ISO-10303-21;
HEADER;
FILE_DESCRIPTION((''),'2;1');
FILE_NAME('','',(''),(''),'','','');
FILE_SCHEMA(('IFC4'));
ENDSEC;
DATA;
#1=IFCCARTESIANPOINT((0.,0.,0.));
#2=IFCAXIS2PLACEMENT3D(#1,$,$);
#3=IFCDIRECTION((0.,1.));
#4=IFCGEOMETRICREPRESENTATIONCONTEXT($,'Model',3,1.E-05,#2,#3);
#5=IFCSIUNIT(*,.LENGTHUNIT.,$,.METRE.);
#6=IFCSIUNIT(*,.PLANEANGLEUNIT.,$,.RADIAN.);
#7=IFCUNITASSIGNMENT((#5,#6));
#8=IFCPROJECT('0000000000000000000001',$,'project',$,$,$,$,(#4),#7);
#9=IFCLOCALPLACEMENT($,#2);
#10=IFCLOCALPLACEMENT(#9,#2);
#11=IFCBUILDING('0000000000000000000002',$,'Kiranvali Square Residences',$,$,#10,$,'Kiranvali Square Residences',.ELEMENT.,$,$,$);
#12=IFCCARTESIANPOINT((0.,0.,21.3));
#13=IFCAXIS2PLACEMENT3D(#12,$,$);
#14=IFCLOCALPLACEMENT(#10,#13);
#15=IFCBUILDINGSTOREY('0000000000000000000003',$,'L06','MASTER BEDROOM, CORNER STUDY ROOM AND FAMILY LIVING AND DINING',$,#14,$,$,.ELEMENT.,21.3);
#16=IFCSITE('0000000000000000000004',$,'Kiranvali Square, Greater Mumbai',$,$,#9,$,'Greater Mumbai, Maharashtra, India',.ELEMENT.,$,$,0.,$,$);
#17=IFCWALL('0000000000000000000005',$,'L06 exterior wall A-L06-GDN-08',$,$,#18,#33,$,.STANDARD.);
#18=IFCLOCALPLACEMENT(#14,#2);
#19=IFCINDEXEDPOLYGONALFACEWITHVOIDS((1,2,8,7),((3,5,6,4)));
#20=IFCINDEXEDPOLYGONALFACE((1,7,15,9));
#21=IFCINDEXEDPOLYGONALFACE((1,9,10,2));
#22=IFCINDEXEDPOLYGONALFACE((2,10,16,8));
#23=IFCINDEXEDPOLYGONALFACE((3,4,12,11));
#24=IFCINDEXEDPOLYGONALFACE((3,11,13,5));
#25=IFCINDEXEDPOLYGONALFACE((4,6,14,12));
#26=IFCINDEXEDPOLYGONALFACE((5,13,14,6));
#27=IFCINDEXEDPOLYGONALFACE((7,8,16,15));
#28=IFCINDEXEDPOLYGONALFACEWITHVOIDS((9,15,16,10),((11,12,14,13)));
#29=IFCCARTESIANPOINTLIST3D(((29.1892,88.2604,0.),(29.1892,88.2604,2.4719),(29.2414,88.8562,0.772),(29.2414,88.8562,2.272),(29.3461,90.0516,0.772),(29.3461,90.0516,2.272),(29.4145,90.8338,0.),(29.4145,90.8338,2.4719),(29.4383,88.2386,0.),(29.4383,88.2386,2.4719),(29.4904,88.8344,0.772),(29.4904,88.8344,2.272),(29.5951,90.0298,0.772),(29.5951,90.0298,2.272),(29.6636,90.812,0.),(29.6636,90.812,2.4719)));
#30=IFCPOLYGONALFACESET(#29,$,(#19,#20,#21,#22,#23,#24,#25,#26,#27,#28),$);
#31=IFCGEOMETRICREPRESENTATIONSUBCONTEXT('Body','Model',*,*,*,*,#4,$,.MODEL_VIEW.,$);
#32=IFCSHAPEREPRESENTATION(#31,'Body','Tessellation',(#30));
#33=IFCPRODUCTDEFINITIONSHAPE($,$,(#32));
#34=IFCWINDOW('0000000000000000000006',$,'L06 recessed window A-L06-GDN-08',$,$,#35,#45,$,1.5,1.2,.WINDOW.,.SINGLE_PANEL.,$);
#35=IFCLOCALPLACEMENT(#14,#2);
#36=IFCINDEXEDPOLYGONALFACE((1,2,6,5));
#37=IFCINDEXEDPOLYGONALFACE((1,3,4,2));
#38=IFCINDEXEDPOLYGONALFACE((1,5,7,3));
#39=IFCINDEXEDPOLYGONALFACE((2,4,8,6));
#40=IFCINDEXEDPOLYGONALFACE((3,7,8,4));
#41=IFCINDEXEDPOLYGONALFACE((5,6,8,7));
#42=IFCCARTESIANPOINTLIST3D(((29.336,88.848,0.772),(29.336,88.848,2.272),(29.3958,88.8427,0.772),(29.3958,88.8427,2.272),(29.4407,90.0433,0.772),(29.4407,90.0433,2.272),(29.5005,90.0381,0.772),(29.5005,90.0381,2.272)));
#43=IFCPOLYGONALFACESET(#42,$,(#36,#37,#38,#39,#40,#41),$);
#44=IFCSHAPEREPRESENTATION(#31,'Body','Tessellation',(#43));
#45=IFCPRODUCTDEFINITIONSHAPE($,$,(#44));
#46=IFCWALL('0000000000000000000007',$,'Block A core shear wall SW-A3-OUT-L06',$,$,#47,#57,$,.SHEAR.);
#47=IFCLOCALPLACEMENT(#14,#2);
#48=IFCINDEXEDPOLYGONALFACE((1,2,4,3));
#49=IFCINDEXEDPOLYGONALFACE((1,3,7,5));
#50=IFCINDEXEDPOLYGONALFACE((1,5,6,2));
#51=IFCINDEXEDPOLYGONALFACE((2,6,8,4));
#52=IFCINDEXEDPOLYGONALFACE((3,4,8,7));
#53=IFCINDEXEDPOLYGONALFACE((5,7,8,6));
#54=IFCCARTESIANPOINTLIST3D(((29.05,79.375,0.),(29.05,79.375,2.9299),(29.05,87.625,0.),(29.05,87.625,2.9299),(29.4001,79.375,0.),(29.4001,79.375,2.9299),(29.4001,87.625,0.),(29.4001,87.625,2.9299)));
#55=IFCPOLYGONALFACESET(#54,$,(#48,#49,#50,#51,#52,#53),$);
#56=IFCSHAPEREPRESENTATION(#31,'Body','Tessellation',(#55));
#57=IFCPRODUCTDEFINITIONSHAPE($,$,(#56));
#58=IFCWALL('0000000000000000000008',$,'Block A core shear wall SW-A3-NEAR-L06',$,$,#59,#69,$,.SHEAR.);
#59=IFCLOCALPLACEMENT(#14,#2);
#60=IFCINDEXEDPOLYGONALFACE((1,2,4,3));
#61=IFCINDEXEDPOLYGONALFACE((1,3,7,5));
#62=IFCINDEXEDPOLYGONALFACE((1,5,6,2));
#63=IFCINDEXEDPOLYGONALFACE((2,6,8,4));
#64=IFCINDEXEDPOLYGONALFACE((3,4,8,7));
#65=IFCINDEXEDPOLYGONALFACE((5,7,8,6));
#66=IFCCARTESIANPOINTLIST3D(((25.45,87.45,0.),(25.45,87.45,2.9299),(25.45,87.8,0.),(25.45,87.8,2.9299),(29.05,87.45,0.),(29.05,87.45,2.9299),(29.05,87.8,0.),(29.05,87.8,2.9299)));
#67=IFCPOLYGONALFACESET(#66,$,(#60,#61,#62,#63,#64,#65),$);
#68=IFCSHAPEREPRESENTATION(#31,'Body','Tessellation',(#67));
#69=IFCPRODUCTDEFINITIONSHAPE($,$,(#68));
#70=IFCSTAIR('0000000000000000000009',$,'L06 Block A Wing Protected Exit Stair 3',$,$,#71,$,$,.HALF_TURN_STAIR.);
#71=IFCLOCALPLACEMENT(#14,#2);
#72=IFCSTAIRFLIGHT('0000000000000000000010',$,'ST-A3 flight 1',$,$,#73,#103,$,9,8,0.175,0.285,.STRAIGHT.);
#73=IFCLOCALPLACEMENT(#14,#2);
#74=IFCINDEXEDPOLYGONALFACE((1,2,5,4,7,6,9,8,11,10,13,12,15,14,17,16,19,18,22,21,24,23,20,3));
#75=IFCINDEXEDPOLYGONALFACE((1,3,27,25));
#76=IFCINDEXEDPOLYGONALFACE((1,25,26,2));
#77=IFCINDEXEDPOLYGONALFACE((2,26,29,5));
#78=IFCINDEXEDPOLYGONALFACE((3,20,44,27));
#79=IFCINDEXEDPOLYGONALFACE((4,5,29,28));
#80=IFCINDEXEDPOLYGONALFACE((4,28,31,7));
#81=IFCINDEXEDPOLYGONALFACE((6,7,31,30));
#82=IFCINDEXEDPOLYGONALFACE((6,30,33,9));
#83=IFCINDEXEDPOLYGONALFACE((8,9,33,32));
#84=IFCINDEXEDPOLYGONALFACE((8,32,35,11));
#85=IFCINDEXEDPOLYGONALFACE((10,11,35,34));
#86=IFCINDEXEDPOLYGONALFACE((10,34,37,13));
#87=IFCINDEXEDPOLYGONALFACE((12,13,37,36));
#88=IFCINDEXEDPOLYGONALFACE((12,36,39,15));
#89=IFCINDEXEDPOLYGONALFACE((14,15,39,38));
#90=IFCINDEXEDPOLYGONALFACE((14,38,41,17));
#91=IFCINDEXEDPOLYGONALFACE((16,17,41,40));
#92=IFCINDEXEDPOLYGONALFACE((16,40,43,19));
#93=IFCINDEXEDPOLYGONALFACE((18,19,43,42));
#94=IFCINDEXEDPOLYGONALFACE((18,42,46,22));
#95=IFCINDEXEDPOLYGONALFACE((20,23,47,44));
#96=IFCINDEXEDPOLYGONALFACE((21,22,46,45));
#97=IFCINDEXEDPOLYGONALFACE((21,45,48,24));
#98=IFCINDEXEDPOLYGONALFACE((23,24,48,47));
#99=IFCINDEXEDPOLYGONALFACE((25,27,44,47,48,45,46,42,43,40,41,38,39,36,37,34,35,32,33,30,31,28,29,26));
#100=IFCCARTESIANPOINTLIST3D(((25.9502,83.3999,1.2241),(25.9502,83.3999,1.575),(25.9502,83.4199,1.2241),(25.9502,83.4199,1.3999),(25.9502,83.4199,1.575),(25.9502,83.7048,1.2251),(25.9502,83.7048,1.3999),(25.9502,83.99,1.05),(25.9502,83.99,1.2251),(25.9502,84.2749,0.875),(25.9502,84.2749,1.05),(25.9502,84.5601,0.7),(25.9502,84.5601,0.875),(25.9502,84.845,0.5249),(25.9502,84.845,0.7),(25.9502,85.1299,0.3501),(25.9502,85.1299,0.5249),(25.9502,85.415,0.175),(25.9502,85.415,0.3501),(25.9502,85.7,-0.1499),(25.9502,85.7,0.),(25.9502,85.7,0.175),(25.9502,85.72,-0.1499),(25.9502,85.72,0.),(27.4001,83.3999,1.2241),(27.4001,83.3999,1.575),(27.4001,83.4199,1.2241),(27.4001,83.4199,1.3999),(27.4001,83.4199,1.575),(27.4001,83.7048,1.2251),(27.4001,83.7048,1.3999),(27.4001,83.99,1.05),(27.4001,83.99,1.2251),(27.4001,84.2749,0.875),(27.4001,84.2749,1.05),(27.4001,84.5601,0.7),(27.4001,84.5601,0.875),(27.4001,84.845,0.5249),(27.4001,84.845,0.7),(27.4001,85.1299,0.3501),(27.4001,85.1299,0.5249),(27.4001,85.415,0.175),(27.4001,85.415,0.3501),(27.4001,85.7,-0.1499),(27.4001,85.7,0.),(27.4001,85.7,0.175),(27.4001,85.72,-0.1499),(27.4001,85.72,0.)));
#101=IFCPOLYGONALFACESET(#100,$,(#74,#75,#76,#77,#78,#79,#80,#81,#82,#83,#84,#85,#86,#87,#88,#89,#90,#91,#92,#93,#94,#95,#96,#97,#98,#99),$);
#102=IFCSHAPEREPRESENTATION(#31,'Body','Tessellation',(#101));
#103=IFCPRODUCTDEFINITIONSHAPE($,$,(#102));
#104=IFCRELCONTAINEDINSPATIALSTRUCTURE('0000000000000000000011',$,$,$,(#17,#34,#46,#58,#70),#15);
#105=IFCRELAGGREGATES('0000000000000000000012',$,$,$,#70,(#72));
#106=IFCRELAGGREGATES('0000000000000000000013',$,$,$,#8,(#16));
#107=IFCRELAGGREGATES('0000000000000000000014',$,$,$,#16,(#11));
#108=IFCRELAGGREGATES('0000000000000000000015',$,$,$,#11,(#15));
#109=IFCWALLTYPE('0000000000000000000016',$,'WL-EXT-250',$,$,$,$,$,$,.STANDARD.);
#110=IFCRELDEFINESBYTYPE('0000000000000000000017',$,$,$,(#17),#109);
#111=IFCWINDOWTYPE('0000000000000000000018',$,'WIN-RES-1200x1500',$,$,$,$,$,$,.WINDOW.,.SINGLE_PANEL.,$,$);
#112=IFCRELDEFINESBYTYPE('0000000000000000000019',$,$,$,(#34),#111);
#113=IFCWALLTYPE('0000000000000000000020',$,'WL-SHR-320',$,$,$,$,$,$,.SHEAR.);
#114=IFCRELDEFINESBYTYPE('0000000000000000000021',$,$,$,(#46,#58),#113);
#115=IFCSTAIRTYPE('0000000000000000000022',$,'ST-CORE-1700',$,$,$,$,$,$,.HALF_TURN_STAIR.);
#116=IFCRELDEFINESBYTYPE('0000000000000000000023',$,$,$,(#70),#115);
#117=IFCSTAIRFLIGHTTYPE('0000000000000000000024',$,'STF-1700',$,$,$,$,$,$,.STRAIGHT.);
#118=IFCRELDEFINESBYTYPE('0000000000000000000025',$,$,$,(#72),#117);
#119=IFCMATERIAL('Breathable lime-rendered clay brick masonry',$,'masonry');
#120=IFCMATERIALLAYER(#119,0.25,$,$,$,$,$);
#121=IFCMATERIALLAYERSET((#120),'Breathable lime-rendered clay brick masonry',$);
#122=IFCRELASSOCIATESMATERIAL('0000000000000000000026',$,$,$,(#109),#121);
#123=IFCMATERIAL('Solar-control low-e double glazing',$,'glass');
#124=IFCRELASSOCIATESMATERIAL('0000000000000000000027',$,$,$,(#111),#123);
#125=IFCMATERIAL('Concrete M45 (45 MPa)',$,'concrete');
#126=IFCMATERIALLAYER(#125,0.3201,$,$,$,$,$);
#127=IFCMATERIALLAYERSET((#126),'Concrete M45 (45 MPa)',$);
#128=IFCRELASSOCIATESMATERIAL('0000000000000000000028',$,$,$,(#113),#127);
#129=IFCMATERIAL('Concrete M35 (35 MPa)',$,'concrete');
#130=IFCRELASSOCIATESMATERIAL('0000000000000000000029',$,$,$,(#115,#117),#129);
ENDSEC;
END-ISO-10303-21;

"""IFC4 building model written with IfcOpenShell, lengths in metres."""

from ifc_helpers import new_model, si_unit, direction, frame, frame_2d, origin, place, context, subcontext, project, spatial, polyline, rectangle, outline, extrude, material, layer, layer_set, type_object, element, fill, aggregate, save


model = new_model("IFC4")

# Units and contexts
model_context = context("Model", 3, precision=1e-05, world=origin(), true_north=direction((0.0, 1.0)))
body_context = subcontext(model_context, "Body", "Model", "MODEL_VIEW")
ifc_project = project(units=[si_unit("LENGTHUNIT", "METRE"), si_unit("PLANEANGLEUNIT", "RADIAN")], contexts=[model_context])

# Site, building, storey
site_placement = place(None, origin())
site = spatial("IfcSite", under=ifc_project, at=site_placement, Name="Kiranvali Square, Greater Mumbai", LongName="Greater Mumbai, Maharashtra, India", CompositionType="ELEMENT", RefElevation=0.0)
building_placement = place(site_placement, origin())
building = spatial("IfcBuilding", under=site, at=building_placement, Name="Kiranvali Square Residences", LongName="Kiranvali Square Residences", CompositionType="ELEMENT")
storey_placement = place(building_placement, frame((0.0, 0.0, 21.3)))
storey = spatial("IfcBuildingStorey", under=building, at=storey_placement, Name="L06", Description="MASTER BEDROOM, CORNER STUDY ROOM AND FAMILY LIVING AND DINING", CompositionType="ELEMENT", Elevation=21.3)

# Wall, opening, window
ifc_material_1 = material(Name="Breathable lime-rendered clay brick masonry", Category="masonry")
ifc_layer_1 = layer(ifc_material_1, 0.25)
ifc_layer_set_1 = layer_set([ifc_layer_1], Name="Breathable lime-rendered clay brick masonry")
wall_type_1 = type_object("IfcWallType", Name="WL-EXT-250", PredefinedType="STANDARD", material=ifc_layer_set_1)
ifc_material_2 = material(Name="Solar-control low-e double glazing", Category="glass")
wall_1_placement = place(storey_placement, frame((29.5391, 90.8228, 0.0), z_axis=(0.0, 0.0, 1.0), x_axis=(-0.087229, -0.996188, 0.0)))
wall_1 = element("IfcWall", 1, at=wall_1_placement, inside=storey, type_object=wall_type_1, Name="L06 exterior wall A-L06-GDN-08", PredefinedType="STANDARD", context=body_context, shape_type="SweptSolid", body=[
    extrude(rectangle(XDim=2.5833, YDim=0.25, at=frame_2d((1.2915, 0.0))), origin(), (0.0, 0.0, 1.0), 2.4719),
])
opening_1_placement = place(wall_1_placement, frame((0.7849, 0.0, 0.772)))
opening_1 = element("IfcOpeningElement", 2, at=opening_1_placement, cuts=wall_1, PredefinedType="OPENING", context=body_context, shape_type="SweptSolid", body=[
    extrude(rectangle(XDim=1.2, YDim=1.5, at=frame_2d((0.6001, 0.75))), frame((0.0, 0.135, 0.0), z_axis=(0.0, -1.0, 0.0), x_axis=(1.0, 0.0, 0.0)), (0.0, 0.0, 1.0), 0.27),
])
window_type_1 = type_object("IfcWindowType", Name="WIN-RES-1200x1500", PartitioningType="SINGLE_PANEL", PredefinedType="WINDOW", material=ifc_material_2)
window_1_placement = place(opening_1_placement, origin())
window_1 = element("IfcWindow", 3, at=window_1_placement, inside=storey, type_object=window_type_1, Name="L06 recessed window A-L06-GDN-08", OverallHeight=1.5, OverallWidth=1.2, PartitioningType="SINGLE_PANEL", PredefinedType="WINDOW", context=body_context, shape_type="SweptSolid", body=[
    extrude(rectangle(XDim=1.2, YDim=1.5, at=frame_2d((0.6001, 0.75))), frame((0.0, 0.03, 0.0), z_axis=(0.0, -1.0, 0.0), x_axis=(1.0, 0.0, 0.0)), (0.0, 0.0, 1.0), 0.0601),
])
fill(opening_1, window_1)

# Wall
ifc_material_3 = material(Name="Concrete M45 (45 MPa)", Category="concrete")
ifc_layer_2 = layer(ifc_material_3, 0.3201)
ifc_layer_set_2 = layer_set([ifc_layer_2], Name="Concrete M45 (45 MPa)")
wall_type_2 = type_object("IfcWallType", Name="WL-SHR-320", PredefinedType="SHEAR", material=ifc_layer_set_2)
wall_2_placement = place(storey_placement, frame((29.2251, 87.625, 0.0), z_axis=(0.0, 0.0, 1.0), x_axis=(0.0, -1.0, 0.0)))
element("IfcWall", 4, at=wall_2_placement, inside=storey, type_object=wall_type_2, Name="Block A core shear wall SW-A3-OUT-L06", PredefinedType="SHEAR", context=body_context, shape_type="SweptSolid", body=[
    extrude(rectangle(XDim=8.25, YDim=0.3501, at=frame_2d((4.125, 0.0))), origin(), (0.0, 0.0, 1.0), 2.9299),
])

# Wall
wall_3_placement = place(storey_placement, frame((29.05, 87.625, 0.0), z_axis=(0.0, 0.0, 1.0), x_axis=(-1.0, 0.0, 0.0)))
element("IfcWall", 5, at=wall_3_placement, inside=storey, type_object=wall_type_2, Name="Block A core shear wall SW-A3-NEAR-L06", PredefinedType="SHEAR", context=body_context, shape_type="SweptSolid", body=[
    extrude(rectangle(XDim=3.6001, YDim=0.3501, at=frame_2d((1.8, 0.0))), origin(), (0.0, 0.0, 1.0), 2.9299),
])

# Stair, stair flight
ifc_material_4 = material(Name="Concrete M35 (35 MPa)", Category="concrete")
stair_type = type_object("IfcStairType", Name="ST-CORE-1700", PredefinedType="HALF_TURN_STAIR", material=ifc_material_4)
stair_placement = place(storey_placement, origin())
stair = element("IfcStair", 6, at=stair_placement, inside=storey, type_object=stair_type, Name="L06 Block A Wing Protected Exit Stair 3", PredefinedType="HALF_TURN_STAIR")
stair_flight_type = type_object("IfcStairFlightType", Name="STF-1700", PredefinedType="STRAIGHT", material=ifc_material_4)
stair_flight_placement = place(storey_placement, frame((26.675, 85.7, 0.0), z_axis=(0.0, 0.0, 1.0), x_axis=(0.0, -1.0, 0.0)))
stair_flight = element("IfcStairFlight", 7, at=stair_flight_placement, type_object=stair_flight_type, Name="ST-A3 flight 1", NumberOfRisers=9, NumberOfTreads=8, PredefinedType="STRAIGHT", RiserHeight=0.175, TreadLength=0.285, context=body_context, shape_type="SweptSolid", body=[
    extrude(outline(polyline([(-0.02, -0.1499), (-0.02, 0.0), (0.0, 0.0), (0.0, 0.175), (0.2849, 0.175), (0.2849, 0.3501), (0.5701, 0.3501), (0.5701, 0.5249), (0.855, 0.5249), (0.855, 0.7), (1.1399, 0.7), (1.1399, 0.875), (1.425, 0.875), (1.425, 1.05), (1.71, 1.05), (1.71, 1.2251), (1.9951, 1.2251), (1.9951, 1.3999), (2.28, 1.3999), (2.28, 1.575), (2.3, 1.575), (2.3, 1.2241), (2.28, 1.2241), (0.0, -0.1499), (-0.02, -0.1499)])), frame((0.0, 0.7251, 0.0), z_axis=(0.0, -1.0, 0.0), x_axis=(1.0, 0.0, 0.0)), (0.0, 0.0, 1.0), 1.45),
])
aggregate(stair, [stair_flight])

save(model, "model.ifc")
